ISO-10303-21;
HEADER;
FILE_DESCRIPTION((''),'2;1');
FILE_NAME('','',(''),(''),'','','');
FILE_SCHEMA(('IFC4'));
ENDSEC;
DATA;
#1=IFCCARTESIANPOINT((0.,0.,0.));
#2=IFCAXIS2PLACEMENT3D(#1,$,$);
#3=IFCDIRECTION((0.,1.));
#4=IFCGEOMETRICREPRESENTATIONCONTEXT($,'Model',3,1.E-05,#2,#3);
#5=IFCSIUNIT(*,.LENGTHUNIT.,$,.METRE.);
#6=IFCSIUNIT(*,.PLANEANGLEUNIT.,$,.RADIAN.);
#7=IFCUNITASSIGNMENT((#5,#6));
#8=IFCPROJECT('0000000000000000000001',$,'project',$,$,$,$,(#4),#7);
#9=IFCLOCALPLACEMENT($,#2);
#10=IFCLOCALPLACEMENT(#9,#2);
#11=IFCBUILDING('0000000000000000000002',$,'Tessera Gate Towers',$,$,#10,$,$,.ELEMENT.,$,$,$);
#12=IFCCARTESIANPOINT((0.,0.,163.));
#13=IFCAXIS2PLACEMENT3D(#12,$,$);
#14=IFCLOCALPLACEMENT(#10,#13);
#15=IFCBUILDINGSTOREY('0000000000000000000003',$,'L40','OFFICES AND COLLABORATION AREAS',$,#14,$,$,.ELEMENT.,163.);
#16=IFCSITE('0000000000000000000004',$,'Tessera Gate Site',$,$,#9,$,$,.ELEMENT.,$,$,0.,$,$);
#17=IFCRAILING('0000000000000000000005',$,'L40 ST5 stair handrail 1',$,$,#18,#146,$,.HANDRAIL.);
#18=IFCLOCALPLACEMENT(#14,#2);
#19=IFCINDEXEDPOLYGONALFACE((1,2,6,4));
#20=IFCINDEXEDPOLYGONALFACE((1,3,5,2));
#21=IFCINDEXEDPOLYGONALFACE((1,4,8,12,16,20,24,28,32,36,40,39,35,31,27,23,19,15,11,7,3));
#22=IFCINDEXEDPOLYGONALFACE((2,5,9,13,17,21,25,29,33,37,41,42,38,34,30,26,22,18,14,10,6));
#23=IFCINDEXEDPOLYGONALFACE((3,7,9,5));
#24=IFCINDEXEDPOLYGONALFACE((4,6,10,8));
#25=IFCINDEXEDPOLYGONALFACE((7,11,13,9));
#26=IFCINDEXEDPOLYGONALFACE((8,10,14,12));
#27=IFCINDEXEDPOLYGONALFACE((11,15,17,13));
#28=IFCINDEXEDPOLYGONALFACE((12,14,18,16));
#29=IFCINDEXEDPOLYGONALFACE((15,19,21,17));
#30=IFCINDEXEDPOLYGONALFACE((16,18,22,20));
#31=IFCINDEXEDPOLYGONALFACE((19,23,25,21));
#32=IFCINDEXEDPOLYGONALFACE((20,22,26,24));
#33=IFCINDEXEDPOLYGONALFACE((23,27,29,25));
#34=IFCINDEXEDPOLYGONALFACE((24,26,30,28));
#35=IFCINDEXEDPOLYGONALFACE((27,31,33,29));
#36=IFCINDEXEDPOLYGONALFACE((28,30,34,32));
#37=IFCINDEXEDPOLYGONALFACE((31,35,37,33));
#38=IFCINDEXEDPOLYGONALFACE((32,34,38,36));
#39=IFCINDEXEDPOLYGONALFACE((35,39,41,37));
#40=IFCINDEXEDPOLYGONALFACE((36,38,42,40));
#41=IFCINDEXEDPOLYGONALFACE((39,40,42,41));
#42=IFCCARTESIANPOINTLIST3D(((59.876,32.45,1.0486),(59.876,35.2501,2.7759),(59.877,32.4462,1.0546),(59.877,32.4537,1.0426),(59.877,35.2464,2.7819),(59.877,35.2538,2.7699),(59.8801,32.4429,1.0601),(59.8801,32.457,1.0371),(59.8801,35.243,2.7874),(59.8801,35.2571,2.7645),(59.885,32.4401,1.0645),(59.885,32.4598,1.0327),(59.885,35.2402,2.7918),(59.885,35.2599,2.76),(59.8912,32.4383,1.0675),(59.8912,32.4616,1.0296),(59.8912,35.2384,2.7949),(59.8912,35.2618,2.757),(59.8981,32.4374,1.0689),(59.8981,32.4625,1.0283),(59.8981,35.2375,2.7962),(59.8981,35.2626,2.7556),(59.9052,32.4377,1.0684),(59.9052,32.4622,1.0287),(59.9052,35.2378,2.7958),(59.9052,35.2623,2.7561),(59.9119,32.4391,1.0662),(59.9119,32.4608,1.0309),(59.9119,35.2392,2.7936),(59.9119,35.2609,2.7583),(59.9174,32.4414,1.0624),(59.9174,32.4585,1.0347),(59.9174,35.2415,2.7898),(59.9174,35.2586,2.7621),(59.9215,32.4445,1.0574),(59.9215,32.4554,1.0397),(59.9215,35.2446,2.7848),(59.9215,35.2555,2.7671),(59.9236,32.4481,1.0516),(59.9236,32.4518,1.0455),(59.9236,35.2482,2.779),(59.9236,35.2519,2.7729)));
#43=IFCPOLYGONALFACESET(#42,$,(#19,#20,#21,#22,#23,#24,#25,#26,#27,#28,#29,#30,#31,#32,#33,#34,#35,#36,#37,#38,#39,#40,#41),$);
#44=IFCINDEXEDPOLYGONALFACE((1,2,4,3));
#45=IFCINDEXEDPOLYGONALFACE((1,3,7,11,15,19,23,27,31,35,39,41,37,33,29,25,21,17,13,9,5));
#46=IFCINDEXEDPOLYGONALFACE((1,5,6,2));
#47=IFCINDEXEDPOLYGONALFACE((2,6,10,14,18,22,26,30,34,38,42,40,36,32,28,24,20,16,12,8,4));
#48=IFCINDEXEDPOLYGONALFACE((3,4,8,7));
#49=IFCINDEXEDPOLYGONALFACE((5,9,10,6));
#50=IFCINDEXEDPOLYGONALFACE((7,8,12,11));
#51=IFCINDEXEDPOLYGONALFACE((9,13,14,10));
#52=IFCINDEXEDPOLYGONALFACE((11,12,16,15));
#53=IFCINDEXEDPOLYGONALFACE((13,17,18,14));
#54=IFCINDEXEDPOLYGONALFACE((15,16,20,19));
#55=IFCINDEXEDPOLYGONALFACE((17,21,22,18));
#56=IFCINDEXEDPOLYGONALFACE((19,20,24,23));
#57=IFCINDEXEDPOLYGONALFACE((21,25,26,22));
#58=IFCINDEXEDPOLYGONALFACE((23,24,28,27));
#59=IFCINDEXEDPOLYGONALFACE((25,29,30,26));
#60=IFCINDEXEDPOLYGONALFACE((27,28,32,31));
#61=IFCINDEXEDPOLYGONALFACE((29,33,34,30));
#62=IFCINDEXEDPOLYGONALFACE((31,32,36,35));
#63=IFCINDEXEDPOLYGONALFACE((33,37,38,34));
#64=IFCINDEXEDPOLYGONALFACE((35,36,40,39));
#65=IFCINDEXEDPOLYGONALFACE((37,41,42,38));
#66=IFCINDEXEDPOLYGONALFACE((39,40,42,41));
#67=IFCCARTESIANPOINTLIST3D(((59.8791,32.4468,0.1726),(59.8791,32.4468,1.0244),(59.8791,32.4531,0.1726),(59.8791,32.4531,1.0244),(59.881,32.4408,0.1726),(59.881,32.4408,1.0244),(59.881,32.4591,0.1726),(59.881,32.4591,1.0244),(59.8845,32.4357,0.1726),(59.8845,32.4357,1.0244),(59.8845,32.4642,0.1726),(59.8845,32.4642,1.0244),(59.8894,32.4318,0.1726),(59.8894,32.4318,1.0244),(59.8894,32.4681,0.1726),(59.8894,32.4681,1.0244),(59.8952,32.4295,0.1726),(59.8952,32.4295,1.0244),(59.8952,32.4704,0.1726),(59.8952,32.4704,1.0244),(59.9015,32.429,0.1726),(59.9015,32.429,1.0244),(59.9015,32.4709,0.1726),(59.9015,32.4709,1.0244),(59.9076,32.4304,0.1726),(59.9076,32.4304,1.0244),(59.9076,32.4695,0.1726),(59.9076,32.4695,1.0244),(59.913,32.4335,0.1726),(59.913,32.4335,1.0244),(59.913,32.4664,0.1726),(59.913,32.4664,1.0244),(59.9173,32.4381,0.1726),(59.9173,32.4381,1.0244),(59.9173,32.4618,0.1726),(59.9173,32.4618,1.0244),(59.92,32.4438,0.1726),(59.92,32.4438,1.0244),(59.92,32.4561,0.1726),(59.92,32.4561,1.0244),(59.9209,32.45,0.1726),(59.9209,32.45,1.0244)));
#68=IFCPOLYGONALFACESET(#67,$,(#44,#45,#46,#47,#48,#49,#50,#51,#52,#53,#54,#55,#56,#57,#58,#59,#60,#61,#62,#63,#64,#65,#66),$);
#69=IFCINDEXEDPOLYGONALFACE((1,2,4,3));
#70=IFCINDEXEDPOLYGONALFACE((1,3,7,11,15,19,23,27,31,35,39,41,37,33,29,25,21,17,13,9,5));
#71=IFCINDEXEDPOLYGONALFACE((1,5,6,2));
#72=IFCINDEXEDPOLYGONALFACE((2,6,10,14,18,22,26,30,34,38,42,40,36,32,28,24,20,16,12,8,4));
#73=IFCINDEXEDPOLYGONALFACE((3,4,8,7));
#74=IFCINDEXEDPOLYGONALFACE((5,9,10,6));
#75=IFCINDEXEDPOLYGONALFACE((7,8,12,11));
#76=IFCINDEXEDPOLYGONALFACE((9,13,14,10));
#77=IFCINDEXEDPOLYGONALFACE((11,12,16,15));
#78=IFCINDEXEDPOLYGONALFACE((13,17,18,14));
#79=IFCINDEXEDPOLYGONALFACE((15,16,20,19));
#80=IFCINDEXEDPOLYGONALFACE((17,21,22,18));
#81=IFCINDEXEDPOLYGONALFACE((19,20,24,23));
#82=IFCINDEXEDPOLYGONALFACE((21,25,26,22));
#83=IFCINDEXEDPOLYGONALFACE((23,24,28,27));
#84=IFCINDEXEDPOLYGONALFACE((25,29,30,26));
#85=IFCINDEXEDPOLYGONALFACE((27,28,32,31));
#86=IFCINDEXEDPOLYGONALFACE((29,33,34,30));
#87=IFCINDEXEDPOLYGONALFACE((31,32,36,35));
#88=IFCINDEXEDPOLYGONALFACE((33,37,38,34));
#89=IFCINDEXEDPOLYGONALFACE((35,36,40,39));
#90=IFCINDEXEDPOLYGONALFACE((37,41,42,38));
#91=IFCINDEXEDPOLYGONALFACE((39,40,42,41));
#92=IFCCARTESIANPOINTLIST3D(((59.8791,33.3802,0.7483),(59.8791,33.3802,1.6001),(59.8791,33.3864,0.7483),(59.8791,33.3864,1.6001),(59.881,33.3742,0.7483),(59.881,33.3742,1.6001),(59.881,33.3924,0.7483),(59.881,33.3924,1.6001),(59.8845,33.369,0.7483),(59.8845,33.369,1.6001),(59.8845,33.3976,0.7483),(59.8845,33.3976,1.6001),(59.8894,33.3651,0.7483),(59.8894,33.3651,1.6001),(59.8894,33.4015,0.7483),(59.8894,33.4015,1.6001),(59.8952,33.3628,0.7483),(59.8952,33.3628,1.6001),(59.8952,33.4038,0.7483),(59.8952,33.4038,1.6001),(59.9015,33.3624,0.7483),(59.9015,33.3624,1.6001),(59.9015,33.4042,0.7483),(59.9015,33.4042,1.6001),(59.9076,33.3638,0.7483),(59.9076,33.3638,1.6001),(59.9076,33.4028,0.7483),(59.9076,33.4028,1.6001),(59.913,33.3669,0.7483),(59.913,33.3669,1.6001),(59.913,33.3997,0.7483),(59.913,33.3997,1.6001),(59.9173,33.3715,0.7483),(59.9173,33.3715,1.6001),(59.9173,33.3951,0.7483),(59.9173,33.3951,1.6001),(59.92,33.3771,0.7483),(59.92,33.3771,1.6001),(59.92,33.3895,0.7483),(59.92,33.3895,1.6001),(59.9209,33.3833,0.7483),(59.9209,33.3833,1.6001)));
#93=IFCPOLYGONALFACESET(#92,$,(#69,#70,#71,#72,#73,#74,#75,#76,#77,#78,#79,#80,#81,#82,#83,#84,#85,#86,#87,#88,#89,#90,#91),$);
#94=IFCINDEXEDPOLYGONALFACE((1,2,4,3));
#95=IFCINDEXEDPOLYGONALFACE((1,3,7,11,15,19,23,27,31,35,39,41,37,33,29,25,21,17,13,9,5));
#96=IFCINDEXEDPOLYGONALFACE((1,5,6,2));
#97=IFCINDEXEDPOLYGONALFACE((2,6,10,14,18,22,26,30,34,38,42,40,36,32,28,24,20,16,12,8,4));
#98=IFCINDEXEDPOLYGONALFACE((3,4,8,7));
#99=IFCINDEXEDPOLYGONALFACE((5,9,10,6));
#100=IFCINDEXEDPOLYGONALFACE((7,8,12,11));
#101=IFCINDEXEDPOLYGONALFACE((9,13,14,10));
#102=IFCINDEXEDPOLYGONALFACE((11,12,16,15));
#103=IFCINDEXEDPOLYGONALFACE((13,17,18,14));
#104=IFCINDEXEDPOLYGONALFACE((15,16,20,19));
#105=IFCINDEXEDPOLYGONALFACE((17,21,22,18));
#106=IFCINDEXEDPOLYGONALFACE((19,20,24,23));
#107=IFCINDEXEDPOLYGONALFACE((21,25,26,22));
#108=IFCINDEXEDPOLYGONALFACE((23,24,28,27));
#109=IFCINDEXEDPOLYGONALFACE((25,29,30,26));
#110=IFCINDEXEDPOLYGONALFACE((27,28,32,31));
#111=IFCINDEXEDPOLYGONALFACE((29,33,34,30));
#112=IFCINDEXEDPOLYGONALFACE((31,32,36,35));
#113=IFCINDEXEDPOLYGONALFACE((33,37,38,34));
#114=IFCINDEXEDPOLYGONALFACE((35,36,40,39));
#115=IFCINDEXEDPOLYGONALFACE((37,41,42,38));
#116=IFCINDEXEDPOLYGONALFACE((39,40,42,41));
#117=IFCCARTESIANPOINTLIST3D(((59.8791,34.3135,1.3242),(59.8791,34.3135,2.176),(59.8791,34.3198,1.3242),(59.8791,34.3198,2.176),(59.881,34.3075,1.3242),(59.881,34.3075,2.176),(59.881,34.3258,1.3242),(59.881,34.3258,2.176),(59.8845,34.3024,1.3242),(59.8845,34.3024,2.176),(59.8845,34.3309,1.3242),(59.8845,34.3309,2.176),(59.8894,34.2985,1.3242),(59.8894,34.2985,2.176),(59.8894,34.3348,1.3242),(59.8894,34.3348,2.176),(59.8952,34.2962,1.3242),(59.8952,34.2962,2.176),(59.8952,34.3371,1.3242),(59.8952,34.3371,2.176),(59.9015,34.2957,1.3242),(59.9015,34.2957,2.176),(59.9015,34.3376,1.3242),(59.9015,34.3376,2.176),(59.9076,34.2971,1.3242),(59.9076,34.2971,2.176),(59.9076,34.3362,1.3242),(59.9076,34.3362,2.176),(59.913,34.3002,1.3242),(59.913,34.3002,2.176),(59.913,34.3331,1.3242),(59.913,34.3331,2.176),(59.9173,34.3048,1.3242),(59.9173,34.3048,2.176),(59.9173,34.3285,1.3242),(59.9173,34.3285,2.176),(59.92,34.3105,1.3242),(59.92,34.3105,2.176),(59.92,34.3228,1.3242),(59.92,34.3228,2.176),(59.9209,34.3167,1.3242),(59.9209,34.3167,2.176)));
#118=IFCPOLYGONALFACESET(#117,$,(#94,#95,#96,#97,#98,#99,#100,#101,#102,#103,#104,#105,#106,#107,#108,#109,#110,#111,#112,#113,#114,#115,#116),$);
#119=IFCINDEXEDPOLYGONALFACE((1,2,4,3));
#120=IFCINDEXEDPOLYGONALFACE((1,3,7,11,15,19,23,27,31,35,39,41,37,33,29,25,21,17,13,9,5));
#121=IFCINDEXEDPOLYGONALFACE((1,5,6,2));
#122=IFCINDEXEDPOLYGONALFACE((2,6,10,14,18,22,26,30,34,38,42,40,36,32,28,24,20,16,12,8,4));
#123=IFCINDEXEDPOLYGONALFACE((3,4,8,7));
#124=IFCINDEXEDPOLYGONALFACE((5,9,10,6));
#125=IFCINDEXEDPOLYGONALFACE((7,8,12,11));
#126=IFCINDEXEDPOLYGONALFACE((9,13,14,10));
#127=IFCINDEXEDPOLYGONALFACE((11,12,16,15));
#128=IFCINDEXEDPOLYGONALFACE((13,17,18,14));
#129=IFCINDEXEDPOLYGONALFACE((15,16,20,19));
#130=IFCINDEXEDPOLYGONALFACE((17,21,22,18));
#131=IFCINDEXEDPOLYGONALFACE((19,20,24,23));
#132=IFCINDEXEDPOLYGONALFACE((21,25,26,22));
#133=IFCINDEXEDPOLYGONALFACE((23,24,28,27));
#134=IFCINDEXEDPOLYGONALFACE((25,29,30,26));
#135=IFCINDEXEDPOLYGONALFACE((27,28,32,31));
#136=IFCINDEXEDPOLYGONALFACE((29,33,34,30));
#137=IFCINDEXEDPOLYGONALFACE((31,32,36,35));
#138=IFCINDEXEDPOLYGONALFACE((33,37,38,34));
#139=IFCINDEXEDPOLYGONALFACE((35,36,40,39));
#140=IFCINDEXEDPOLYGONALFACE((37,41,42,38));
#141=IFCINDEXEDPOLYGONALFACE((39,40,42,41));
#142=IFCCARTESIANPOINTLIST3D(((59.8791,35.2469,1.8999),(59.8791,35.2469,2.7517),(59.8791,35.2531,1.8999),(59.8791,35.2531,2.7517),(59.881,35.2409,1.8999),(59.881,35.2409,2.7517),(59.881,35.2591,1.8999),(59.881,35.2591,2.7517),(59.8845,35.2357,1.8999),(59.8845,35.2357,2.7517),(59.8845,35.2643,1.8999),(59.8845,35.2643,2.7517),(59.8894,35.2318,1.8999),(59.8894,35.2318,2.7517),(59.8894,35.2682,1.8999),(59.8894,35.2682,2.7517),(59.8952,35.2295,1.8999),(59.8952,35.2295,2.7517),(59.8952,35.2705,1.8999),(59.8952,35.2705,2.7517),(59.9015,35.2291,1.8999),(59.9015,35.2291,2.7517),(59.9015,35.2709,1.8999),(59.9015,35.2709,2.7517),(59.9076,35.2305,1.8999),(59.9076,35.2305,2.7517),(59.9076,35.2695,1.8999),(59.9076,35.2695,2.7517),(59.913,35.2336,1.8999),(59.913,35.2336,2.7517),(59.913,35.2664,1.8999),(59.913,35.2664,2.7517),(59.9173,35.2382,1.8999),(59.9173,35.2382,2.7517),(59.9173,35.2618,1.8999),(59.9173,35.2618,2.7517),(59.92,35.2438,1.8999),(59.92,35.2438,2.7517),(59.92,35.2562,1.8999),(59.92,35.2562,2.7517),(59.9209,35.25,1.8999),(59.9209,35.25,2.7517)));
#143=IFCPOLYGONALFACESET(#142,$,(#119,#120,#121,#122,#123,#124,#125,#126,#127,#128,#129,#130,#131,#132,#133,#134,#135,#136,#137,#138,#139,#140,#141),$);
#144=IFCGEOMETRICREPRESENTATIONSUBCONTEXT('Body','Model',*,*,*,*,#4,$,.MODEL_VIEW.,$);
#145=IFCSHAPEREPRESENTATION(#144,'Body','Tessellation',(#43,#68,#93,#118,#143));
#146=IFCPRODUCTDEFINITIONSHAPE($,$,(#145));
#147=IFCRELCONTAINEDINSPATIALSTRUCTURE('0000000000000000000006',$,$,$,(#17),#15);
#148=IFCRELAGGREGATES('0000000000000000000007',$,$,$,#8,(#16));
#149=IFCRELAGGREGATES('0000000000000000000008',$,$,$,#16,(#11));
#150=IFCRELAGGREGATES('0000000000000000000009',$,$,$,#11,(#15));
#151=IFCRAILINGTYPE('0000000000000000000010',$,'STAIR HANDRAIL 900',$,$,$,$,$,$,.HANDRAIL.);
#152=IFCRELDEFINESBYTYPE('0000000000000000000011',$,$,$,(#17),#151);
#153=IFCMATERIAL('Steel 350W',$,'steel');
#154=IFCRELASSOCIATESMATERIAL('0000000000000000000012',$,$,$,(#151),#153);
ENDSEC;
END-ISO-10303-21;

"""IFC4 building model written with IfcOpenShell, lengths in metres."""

from ifc_helpers import new_model, si_unit, direction, frame, origin, origin_2d, place, context, subcontext, project, spatial, circle, extrude, material, type_object, element, save


model = new_model("IFC4")

# Units and contexts
model_context = context("Model", 3, precision=1e-05, world=origin(), true_north=direction((0.0, 1.0)))
body_context = subcontext(model_context, "Body", "Model", "MODEL_VIEW")
ifc_project = project(units=[si_unit("LENGTHUNIT", "METRE"), si_unit("PLANEANGLEUNIT", "RADIAN")], contexts=[model_context])

# Site, building, storey
site_placement = place(None, origin())
site = spatial("IfcSite", under=ifc_project, at=site_placement, Name="Tessera Gate Site", CompositionType="ELEMENT", RefElevation=0.0)
building_placement = place(site_placement, origin())
building = spatial("IfcBuilding", under=site, at=building_placement, Name="Tessera Gate Towers", CompositionType="ELEMENT")
storey_placement = place(building_placement, frame((0.0, 0.0, 163.0)))
storey = spatial("IfcBuildingStorey", under=building, at=storey_placement, Name="L40", Description="OFFICES AND COLLABORATION AREAS", CompositionType="ELEMENT", Elevation=163.0)

# Railing
ifc_material_1 = material(Name="Steel 350W", Category="steel")
railing_type_1 = type_object("IfcRailingType", Name="STAIR HANDRAIL 900", PredefinedType="HANDRAIL", material=ifc_material_1)
railing_1_placement = place(storey_placement, frame((59.8999, 32.45, 0.1726)))
element("IfcRailing", 1, at=railing_1_placement, inside=storey, type_object=railing_type_1, Name="L40 ST5 stair handrail 1", PredefinedType="HANDRAIL", context=body_context, shape_type="SweptSolid", body=[
    extrude(circle(Radius=0.0239, at=origin_2d()), frame((0.0, 0.0, 0.876), z_axis=(0.0, 0.85109, 0.52502), x_axis=(-1.0, 0.0, 0.0)), (0.0, 0.0, 1.0), 3.29),
    extrude(circle(Radius=0.021, at=origin_2d()), origin(), (0.0, 0.0, 1.0), 0.8518),
    extrude(circle(Radius=0.021, at=origin_2d()), frame((0.0, 0.9333, 0.5757)), (0.0, 0.0, 1.0), 0.8518),
    extrude(circle(Radius=0.021, at=origin_2d()), frame((0.0, 1.8667, 1.1516)), (0.0, 0.0, 1.0), 0.8518),
    extrude(circle(Radius=0.021, at=origin_2d()), frame((0.0, 2.8, 1.7273)), (0.0, 0.0, 1.0), 0.8518),
])

save(model, "model.ifc")
